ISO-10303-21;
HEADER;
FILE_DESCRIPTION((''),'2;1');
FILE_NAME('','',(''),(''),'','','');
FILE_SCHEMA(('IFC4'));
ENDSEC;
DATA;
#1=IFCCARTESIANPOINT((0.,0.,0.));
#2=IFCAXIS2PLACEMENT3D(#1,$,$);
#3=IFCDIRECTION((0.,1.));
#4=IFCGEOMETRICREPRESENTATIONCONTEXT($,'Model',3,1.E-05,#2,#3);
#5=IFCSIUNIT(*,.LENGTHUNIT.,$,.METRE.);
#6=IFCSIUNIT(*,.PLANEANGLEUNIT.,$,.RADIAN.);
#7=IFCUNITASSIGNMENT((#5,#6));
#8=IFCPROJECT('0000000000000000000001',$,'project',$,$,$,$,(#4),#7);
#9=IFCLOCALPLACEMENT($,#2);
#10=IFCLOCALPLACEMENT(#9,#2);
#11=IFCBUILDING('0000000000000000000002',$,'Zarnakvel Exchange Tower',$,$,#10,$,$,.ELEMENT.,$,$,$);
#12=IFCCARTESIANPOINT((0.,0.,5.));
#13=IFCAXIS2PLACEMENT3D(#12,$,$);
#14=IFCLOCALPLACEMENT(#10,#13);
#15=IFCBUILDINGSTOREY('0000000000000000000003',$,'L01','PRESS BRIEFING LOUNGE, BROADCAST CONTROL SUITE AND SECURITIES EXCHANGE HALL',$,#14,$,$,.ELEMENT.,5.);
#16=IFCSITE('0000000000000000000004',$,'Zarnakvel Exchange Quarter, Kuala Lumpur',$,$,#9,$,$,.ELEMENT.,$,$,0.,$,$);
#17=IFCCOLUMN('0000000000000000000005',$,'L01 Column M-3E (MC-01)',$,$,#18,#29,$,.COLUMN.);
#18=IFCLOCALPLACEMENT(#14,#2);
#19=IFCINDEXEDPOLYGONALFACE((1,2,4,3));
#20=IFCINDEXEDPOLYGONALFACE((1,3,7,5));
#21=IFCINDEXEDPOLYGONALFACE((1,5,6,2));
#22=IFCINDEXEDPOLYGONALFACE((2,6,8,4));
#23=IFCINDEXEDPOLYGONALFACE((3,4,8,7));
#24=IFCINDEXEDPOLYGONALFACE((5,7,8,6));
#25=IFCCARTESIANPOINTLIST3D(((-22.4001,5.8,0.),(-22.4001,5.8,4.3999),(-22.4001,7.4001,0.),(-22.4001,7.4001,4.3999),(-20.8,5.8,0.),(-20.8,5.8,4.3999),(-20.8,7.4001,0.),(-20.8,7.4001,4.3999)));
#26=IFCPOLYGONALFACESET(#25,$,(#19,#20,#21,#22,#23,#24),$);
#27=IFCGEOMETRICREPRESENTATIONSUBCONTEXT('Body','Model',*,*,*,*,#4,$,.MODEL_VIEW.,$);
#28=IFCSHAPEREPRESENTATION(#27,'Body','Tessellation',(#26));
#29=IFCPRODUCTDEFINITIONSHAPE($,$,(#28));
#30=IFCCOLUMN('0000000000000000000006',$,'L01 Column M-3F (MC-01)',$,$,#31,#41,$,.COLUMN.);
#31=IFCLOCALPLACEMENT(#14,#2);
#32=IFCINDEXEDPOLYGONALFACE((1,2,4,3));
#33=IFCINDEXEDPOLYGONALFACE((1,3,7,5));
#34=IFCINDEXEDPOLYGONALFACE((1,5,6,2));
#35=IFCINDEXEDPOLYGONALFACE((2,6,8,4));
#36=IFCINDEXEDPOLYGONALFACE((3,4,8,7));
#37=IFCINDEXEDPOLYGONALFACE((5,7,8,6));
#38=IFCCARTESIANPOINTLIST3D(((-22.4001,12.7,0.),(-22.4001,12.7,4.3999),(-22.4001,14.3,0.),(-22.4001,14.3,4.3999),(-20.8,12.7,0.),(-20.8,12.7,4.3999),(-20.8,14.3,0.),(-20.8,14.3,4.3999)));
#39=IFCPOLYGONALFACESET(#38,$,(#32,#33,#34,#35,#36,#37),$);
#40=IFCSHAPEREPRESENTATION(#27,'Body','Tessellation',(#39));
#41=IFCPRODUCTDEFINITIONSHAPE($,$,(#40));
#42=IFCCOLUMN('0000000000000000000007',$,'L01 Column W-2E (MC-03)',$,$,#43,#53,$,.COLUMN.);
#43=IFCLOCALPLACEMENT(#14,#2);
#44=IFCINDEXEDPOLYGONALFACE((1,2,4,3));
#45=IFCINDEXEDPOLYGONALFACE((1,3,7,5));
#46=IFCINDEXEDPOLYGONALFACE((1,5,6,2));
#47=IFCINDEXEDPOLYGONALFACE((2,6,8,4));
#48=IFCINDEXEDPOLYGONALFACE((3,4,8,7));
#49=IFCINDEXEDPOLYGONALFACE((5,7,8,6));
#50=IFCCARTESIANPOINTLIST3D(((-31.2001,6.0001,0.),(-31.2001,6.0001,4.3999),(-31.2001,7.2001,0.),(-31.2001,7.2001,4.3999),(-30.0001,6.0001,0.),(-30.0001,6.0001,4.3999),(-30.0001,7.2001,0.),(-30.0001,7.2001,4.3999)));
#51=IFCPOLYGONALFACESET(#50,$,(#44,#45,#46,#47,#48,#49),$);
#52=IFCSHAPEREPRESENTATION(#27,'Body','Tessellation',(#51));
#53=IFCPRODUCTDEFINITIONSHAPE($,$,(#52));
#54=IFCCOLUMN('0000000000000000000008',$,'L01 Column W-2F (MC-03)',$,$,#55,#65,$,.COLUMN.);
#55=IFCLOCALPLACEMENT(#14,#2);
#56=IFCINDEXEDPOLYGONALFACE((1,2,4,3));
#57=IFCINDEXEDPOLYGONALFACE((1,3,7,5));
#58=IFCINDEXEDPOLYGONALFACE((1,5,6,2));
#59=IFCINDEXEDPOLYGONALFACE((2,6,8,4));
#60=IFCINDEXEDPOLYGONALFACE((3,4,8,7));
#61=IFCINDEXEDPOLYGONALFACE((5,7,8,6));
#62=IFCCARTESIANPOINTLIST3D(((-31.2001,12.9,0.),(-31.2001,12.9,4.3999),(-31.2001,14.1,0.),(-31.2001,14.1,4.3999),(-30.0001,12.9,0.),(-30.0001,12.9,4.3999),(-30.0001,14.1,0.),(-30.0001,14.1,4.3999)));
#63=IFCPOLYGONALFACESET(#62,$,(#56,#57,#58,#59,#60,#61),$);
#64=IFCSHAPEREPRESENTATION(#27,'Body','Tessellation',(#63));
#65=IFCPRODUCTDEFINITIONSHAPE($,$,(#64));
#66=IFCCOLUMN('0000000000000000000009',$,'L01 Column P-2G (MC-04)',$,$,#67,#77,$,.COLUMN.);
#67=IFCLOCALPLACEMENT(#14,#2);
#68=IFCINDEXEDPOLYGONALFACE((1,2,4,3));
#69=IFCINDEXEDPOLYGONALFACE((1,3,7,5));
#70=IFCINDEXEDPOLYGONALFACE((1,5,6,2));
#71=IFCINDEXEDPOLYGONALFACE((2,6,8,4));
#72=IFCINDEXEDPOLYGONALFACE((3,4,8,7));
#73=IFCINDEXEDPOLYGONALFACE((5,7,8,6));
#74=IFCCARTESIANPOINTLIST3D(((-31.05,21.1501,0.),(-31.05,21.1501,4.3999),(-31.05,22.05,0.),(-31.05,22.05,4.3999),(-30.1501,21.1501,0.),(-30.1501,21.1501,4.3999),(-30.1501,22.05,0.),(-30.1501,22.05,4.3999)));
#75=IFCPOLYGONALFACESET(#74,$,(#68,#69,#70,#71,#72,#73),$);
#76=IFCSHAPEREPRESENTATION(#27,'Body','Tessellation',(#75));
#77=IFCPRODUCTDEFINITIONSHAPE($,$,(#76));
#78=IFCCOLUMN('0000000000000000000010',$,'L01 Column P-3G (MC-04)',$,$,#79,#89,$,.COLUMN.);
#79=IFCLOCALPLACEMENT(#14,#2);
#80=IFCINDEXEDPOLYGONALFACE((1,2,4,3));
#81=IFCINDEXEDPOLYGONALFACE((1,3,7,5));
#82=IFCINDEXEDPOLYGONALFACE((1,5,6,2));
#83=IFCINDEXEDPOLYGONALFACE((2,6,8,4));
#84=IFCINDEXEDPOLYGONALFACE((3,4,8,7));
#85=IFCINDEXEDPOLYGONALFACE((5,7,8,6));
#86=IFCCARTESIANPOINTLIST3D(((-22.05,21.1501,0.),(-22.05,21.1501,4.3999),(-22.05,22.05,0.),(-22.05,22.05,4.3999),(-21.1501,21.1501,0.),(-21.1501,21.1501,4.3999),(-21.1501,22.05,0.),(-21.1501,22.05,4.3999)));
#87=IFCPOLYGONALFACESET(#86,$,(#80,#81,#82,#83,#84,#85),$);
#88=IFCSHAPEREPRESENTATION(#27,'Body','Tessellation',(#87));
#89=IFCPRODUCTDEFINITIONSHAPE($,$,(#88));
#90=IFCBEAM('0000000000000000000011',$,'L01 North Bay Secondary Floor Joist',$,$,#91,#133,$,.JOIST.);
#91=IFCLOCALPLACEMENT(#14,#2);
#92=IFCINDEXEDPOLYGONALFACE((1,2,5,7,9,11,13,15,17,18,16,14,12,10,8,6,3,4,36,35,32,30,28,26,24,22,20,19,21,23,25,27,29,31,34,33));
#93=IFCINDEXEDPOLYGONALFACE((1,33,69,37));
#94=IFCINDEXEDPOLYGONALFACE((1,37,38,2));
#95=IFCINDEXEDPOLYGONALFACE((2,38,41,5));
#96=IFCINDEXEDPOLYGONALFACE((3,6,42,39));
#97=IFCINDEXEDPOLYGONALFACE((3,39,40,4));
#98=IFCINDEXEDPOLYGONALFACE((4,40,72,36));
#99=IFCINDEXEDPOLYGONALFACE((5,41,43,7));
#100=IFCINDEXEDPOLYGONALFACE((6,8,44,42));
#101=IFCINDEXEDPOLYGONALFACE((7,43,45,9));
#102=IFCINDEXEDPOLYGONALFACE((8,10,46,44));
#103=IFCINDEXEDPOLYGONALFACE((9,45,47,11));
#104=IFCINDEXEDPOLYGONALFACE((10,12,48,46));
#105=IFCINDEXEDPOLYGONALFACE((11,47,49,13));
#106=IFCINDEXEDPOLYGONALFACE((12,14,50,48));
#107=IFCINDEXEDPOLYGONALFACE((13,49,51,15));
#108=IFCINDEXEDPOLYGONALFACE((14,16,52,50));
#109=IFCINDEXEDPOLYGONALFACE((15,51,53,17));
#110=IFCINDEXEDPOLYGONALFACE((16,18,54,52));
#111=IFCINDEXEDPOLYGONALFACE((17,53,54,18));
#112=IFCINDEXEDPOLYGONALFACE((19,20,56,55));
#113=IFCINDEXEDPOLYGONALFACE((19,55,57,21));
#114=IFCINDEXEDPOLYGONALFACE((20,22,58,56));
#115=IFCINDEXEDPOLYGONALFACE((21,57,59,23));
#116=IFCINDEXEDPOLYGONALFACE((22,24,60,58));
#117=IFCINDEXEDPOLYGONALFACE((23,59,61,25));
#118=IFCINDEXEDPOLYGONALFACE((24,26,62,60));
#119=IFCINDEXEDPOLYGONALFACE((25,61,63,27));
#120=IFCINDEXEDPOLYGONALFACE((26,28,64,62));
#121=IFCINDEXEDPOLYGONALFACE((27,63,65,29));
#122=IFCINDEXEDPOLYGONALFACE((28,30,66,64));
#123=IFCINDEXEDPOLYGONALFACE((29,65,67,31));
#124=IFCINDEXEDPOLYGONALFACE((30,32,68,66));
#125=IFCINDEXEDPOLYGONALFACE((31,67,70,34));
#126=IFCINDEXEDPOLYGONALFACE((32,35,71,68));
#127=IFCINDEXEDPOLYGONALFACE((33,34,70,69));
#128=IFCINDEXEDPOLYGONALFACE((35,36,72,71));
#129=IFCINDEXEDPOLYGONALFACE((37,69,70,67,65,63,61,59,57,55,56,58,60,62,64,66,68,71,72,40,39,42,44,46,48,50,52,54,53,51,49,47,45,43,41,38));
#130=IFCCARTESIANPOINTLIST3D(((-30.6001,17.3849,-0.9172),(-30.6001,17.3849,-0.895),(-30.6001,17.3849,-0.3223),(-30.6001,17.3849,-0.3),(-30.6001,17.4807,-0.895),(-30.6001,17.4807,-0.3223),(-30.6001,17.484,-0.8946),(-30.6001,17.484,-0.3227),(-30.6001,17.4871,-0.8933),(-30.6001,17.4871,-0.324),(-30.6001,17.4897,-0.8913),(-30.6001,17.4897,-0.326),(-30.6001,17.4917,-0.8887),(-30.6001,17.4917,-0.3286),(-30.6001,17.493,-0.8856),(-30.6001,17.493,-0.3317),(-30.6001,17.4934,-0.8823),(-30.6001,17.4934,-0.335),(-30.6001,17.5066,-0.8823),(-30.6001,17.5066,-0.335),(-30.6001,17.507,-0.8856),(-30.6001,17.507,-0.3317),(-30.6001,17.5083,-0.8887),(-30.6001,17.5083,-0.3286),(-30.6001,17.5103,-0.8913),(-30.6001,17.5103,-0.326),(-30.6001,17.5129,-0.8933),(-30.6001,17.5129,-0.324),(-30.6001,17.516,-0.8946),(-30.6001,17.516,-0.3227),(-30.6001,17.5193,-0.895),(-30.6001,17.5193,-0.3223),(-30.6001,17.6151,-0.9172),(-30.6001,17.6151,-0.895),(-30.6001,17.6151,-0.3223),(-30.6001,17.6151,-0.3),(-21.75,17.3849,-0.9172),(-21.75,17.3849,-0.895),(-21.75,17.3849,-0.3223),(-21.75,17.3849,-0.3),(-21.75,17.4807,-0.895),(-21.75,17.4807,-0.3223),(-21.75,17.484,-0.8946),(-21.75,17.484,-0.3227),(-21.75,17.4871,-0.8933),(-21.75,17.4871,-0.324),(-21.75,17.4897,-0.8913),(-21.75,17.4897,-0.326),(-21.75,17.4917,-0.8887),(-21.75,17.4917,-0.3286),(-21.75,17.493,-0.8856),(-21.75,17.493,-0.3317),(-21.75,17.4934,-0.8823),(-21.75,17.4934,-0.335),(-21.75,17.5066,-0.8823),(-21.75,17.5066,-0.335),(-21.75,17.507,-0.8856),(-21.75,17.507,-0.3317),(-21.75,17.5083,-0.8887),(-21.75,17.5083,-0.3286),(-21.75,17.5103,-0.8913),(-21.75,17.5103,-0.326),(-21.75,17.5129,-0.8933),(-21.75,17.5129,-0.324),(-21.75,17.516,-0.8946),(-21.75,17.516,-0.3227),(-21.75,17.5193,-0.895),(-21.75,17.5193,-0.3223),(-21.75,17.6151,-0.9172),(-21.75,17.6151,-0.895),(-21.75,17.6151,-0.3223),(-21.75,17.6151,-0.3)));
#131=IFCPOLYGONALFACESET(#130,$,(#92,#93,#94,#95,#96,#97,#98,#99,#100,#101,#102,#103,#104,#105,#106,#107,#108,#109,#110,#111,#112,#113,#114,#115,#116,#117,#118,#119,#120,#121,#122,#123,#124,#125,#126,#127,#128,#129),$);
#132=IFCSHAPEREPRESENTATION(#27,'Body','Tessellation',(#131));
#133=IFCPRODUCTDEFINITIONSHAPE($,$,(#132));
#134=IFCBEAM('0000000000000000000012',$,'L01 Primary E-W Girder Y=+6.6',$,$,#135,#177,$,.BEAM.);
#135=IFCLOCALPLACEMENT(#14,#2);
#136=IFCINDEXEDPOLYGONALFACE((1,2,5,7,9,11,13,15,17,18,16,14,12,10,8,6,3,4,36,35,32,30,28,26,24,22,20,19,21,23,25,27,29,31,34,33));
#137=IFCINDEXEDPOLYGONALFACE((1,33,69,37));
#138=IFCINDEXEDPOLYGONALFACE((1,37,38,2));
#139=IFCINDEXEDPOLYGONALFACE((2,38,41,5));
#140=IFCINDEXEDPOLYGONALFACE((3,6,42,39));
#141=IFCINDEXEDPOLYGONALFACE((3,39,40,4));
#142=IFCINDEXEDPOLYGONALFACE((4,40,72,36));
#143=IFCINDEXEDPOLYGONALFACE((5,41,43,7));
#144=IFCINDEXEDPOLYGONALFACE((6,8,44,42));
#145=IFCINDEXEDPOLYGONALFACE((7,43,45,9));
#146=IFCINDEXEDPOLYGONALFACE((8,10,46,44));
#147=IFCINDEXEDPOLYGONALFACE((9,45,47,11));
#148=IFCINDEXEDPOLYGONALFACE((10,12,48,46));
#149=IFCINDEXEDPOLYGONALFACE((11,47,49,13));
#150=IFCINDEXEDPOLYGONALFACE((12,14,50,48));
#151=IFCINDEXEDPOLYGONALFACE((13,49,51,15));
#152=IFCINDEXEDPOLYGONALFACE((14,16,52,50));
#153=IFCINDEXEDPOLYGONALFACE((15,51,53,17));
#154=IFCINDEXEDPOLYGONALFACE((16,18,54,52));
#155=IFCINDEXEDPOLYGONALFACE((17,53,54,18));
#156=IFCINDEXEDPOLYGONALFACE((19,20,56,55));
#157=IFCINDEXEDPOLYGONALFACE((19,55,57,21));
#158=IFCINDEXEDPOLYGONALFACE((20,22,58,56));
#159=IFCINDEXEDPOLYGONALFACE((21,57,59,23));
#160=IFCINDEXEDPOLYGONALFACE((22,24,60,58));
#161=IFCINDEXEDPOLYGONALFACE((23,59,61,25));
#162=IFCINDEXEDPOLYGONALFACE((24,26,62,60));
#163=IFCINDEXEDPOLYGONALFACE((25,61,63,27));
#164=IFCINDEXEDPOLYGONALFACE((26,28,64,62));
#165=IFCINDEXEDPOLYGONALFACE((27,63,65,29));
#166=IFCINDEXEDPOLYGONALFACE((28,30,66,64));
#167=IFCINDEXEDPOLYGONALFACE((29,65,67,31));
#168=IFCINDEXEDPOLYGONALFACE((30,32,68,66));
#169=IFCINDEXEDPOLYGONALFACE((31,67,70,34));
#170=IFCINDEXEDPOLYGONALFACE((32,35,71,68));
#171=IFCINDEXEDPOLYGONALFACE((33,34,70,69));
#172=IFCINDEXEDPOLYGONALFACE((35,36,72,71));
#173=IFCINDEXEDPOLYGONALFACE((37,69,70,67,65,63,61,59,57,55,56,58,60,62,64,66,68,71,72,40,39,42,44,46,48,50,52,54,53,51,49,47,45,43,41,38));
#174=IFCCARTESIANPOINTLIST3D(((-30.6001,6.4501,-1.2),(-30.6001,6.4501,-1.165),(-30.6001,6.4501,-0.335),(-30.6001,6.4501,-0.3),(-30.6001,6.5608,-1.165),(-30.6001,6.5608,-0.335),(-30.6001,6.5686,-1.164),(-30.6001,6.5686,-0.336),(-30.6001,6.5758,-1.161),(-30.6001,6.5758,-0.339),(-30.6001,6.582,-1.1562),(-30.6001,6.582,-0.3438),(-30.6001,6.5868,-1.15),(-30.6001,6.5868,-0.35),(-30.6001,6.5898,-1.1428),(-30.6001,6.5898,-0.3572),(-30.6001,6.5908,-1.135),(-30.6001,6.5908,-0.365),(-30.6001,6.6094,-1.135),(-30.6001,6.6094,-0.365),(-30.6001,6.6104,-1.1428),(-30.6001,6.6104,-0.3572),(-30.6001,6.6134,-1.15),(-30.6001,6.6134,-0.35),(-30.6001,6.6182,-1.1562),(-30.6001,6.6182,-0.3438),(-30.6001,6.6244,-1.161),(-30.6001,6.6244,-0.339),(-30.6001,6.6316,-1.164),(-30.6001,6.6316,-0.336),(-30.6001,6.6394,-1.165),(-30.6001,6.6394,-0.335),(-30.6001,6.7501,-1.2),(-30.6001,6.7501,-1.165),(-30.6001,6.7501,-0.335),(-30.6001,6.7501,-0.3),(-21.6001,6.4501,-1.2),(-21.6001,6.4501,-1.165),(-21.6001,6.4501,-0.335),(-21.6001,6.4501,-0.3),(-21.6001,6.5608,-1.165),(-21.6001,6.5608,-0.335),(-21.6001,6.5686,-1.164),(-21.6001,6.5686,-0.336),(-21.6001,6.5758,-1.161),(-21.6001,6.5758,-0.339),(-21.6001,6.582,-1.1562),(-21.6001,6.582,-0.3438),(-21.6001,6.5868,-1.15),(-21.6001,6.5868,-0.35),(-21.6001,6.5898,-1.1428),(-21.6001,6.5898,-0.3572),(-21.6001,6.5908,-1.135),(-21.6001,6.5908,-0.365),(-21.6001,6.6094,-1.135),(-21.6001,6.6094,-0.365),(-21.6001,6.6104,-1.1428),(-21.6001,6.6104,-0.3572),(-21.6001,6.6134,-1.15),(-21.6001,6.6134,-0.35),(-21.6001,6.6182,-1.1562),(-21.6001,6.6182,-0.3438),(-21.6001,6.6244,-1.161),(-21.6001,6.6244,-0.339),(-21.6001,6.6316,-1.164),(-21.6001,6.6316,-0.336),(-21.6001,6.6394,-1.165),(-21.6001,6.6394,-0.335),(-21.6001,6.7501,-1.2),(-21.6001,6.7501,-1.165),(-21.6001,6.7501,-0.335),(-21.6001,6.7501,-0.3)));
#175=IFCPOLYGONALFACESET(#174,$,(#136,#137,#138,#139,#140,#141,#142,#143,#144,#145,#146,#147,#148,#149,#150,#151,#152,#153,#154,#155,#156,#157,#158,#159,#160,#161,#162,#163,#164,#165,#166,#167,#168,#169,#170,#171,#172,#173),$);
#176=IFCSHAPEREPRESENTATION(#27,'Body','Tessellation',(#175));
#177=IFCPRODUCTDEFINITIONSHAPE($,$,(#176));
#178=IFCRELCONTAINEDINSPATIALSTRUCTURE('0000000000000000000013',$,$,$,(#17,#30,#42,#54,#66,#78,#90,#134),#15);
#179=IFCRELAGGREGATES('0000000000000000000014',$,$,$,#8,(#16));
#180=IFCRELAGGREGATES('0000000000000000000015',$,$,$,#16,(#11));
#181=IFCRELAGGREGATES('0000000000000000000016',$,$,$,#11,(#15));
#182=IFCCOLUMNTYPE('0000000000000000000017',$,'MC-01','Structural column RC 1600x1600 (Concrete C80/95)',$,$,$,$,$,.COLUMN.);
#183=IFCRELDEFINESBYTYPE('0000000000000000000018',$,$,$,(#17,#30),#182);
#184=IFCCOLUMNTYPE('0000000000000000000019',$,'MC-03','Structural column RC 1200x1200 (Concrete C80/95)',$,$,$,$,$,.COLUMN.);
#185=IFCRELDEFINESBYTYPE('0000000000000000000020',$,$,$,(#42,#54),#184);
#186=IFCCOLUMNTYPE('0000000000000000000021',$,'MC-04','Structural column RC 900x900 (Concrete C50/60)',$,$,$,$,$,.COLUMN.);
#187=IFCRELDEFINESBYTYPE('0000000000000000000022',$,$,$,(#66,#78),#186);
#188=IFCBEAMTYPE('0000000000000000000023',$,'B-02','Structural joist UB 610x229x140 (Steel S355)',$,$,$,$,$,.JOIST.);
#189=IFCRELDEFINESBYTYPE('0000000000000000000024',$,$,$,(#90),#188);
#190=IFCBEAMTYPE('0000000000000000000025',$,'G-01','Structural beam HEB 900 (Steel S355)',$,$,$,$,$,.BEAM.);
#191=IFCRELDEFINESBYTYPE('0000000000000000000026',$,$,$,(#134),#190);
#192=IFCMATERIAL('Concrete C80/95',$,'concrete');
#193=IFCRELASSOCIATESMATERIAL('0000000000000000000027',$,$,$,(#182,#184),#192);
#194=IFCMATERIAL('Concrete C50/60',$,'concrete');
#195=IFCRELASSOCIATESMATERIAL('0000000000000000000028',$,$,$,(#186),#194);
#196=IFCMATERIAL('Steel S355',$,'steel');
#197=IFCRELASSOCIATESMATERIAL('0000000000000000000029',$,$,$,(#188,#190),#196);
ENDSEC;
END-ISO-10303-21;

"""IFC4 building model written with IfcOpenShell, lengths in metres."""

from ifc_helpers import new_model, si_unit, direction, frame, origin, origin_2d, place, context, subcontext, project, spatial, rectangle, i_section, extrude, material, material_profile, profile_set, type_object, element, save


model = new_model("IFC4")

# Units and contexts
model_context = context("Model", 3, precision=1e-05, world=origin(), true_north=direction((0.0, 1.0)))
body_context = subcontext(model_context, "Body", "Model", "MODEL_VIEW")
ifc_project = project(units=[si_unit("LENGTHUNIT", "METRE"), si_unit("PLANEANGLEUNIT", "RADIAN")], contexts=[model_context])

# Site, building, storey
site_placement = place(None, origin())
site = spatial("IfcSite", under=ifc_project, at=site_placement, Name="Zarnakvel Exchange Quarter, Kuala Lumpur", CompositionType="ELEMENT", RefElevation=0.0)
building_placement = place(site_placement, origin())
building = spatial("IfcBuilding", under=site, at=building_placement, Name="Zarnakvel Exchange Tower", CompositionType="ELEMENT")
storey_placement = place(building_placement, frame((0.0, 0.0, 5.0)))
storey = spatial("IfcBuildingStorey", under=building, at=storey_placement, Name="L01", Description="PRESS BRIEFING LOUNGE, BROADCAST CONTROL SUITE AND SECURITIES EXCHANGE HALL", CompositionType="ELEMENT", Elevation=5.0)

# Columns
ifc_material_1 = material(Name="Concrete C80/95", Category="concrete")
ifc_material_profile_1 = material_profile(ifc_material_1, rectangle(XDim=1.6001, YDim=1.6001, at=origin_2d()))
ifc_profile_set_1 = profile_set([ifc_material_profile_1], Name="Concrete C80/95")
column_type_1 = type_object("IfcColumnType", Name="MC-01", Description="Structural column RC 1600x1600 (Concrete C80/95)", PredefinedType="COLUMN", material=ifc_profile_set_1)
for number, where, z_axis, x_axis, name in (
    (1, (-21.6001, 6.6001, 0.0), (0.0, 0.0, 1.0), (1.0, 0.0, 0.0), "L01 Column M-3E (MC-01)"),
    (2, (-21.6001, 13.5, 0.0), (0.0, 0.0, 1.0), (1.0, 0.0, 0.0), "L01 Column M-3F (MC-01)"),
):
    element("IfcColumn", number, at=place(storey_placement, frame(where, z_axis=z_axis, x_axis=x_axis)), inside=storey, type_object=column_type_1, Name=name, PredefinedType="COLUMN", context=body_context, shape_type="SweptSolid", body=[
        extrude(rectangle(XDim=1.6001, YDim=1.6001, at=origin_2d()), origin(), (0.0, 0.0, 1.0), 4.3999),
    ])
ifc_material_profile_2 = material_profile(ifc_material_1, rectangle(XDim=1.2, YDim=1.2, at=origin_2d()))
ifc_profile_set_2 = profile_set([ifc_material_profile_2], Name="Concrete C80/95")
column_type_2 = type_object("IfcColumnType", Name="MC-03", Description="Structural column RC 1200x1200 (Concrete C80/95)", PredefinedType="COLUMN", material=ifc_profile_set_2)
for number, where, z_axis, x_axis, name in (
    (3, (-30.6001, 6.6001, 0.0), (0.0, 0.0, 1.0), (1.0, 0.0, 0.0), "L01 Column W-2E (MC-03)"),
    (4, (-30.6001, 13.5, 0.0), (0.0, 0.0, 1.0), (1.0, 0.0, 0.0), "L01 Column W-2F (MC-03)"),
):
    element("IfcColumn", number, at=place(storey_placement, frame(where, z_axis=z_axis, x_axis=x_axis)), inside=storey, type_object=column_type_2, Name=name, PredefinedType="COLUMN", context=body_context, shape_type="SweptSolid", body=[
        extrude(rectangle(XDim=1.2, YDim=1.2, at=origin_2d()), origin(), (0.0, 0.0, 1.0), 4.3999),
    ])
ifc_material_2 = material(Name="Concrete C50/60", Category="concrete")
ifc_material_profile_3 = material_profile(ifc_material_2, rectangle(XDim=0.8999, YDim=0.8999, at=origin_2d()))
ifc_profile_set_3 = profile_set([ifc_material_profile_3], Name="Concrete C50/60")
column_type_3 = type_object("IfcColumnType", Name="MC-04", Description="Structural column RC 900x900 (Concrete C50/60)", PredefinedType="COLUMN", material=ifc_profile_set_3)
for number, where, z_axis, x_axis, name in (
    (5, (-30.6001, 21.6001, 0.0), (0.0, 0.0, 1.0), (1.0, 0.0, 0.0), "L01 Column P-2G (MC-04)"),
    (6, (-21.6001, 21.6001, 0.0), (0.0, 0.0, 1.0), (1.0, 0.0, 0.0), "L01 Column P-3G (MC-04)"),
):
    element("IfcColumn", number, at=place(storey_placement, frame(where, z_axis=z_axis, x_axis=x_axis)), inside=storey, type_object=column_type_3, Name=name, PredefinedType="COLUMN", context=body_context, shape_type="SweptSolid", body=[
        extrude(rectangle(XDim=0.8999, YDim=0.8999, at=origin_2d()), origin(), (0.0, 0.0, 1.0), 4.3999),
    ])

# Beams
ifc_material_3 = material(Name="Steel S355", Category="steel")
ifc_material_profile_4 = material_profile(ifc_material_3, i_section(OverallWidth=0.2302, OverallDepth=0.6172, WebThickness=0.0132, FlangeThickness=0.0222, FilletRadius=0.0127, at=origin_2d()))
ifc_profile_set_4 = profile_set([ifc_material_profile_4], Name="Steel S355")
beam_type_1 = type_object("IfcBeamType", Name="B-02", Description="Structural joist UB 610x229x140 (Steel S355)", PredefinedType="JOIST", material=ifc_profile_set_4)
beam_1_placement = place(storey_placement, frame((-30.6001, 17.5, -0.6086), z_axis=(1.0, 0.0, 0.0), x_axis=(0.0, 1.0, 0.0)))
element("IfcBeam", 7, at=beam_1_placement, inside=storey, type_object=beam_type_1, Name="L01 North Bay Secondary Floor Joist", PredefinedType="JOIST", context=body_context, shape_type="SweptSolid", body=[
    extrude(i_section(OverallWidth=0.2302, OverallDepth=0.6172, WebThickness=0.0132, FlangeThickness=0.0222, FilletRadius=0.0127, at=origin_2d()), origin(), (0.0, 0.0, 1.0), 8.8501),
])
ifc_material_profile_5 = material_profile(ifc_material_3, i_section(OverallWidth=0.3, OverallDepth=0.8999, WebThickness=0.0186, FlangeThickness=0.0349, FilletRadius=0.03, at=origin_2d()))
ifc_profile_set_5 = profile_set([ifc_material_profile_5], Name="Steel S355")
beam_type_2 = type_object("IfcBeamType", Name="G-01", Description="Structural beam HEB 900 (Steel S355)", PredefinedType="BEAM", material=ifc_profile_set_5)
beam_2_placement = place(storey_placement, frame((-30.6001, 6.6001, -0.75), z_axis=(1.0, 0.0, 0.0), x_axis=(0.0, 1.0, 0.0)))
element("IfcBeam", 8, at=beam_2_placement, inside=storey, type_object=beam_type_2, Name="L01 Primary E-W Girder Y=+6.6", PredefinedType="BEAM", context=body_context, shape_type="SweptSolid", body=[
    extrude(i_section(OverallWidth=0.3, OverallDepth=0.8999, WebThickness=0.0186, FlangeThickness=0.0349, FilletRadius=0.03, at=origin_2d()), origin(), (0.0, 0.0, 1.0), 9.0),
])

save(model, "model.ifc")
